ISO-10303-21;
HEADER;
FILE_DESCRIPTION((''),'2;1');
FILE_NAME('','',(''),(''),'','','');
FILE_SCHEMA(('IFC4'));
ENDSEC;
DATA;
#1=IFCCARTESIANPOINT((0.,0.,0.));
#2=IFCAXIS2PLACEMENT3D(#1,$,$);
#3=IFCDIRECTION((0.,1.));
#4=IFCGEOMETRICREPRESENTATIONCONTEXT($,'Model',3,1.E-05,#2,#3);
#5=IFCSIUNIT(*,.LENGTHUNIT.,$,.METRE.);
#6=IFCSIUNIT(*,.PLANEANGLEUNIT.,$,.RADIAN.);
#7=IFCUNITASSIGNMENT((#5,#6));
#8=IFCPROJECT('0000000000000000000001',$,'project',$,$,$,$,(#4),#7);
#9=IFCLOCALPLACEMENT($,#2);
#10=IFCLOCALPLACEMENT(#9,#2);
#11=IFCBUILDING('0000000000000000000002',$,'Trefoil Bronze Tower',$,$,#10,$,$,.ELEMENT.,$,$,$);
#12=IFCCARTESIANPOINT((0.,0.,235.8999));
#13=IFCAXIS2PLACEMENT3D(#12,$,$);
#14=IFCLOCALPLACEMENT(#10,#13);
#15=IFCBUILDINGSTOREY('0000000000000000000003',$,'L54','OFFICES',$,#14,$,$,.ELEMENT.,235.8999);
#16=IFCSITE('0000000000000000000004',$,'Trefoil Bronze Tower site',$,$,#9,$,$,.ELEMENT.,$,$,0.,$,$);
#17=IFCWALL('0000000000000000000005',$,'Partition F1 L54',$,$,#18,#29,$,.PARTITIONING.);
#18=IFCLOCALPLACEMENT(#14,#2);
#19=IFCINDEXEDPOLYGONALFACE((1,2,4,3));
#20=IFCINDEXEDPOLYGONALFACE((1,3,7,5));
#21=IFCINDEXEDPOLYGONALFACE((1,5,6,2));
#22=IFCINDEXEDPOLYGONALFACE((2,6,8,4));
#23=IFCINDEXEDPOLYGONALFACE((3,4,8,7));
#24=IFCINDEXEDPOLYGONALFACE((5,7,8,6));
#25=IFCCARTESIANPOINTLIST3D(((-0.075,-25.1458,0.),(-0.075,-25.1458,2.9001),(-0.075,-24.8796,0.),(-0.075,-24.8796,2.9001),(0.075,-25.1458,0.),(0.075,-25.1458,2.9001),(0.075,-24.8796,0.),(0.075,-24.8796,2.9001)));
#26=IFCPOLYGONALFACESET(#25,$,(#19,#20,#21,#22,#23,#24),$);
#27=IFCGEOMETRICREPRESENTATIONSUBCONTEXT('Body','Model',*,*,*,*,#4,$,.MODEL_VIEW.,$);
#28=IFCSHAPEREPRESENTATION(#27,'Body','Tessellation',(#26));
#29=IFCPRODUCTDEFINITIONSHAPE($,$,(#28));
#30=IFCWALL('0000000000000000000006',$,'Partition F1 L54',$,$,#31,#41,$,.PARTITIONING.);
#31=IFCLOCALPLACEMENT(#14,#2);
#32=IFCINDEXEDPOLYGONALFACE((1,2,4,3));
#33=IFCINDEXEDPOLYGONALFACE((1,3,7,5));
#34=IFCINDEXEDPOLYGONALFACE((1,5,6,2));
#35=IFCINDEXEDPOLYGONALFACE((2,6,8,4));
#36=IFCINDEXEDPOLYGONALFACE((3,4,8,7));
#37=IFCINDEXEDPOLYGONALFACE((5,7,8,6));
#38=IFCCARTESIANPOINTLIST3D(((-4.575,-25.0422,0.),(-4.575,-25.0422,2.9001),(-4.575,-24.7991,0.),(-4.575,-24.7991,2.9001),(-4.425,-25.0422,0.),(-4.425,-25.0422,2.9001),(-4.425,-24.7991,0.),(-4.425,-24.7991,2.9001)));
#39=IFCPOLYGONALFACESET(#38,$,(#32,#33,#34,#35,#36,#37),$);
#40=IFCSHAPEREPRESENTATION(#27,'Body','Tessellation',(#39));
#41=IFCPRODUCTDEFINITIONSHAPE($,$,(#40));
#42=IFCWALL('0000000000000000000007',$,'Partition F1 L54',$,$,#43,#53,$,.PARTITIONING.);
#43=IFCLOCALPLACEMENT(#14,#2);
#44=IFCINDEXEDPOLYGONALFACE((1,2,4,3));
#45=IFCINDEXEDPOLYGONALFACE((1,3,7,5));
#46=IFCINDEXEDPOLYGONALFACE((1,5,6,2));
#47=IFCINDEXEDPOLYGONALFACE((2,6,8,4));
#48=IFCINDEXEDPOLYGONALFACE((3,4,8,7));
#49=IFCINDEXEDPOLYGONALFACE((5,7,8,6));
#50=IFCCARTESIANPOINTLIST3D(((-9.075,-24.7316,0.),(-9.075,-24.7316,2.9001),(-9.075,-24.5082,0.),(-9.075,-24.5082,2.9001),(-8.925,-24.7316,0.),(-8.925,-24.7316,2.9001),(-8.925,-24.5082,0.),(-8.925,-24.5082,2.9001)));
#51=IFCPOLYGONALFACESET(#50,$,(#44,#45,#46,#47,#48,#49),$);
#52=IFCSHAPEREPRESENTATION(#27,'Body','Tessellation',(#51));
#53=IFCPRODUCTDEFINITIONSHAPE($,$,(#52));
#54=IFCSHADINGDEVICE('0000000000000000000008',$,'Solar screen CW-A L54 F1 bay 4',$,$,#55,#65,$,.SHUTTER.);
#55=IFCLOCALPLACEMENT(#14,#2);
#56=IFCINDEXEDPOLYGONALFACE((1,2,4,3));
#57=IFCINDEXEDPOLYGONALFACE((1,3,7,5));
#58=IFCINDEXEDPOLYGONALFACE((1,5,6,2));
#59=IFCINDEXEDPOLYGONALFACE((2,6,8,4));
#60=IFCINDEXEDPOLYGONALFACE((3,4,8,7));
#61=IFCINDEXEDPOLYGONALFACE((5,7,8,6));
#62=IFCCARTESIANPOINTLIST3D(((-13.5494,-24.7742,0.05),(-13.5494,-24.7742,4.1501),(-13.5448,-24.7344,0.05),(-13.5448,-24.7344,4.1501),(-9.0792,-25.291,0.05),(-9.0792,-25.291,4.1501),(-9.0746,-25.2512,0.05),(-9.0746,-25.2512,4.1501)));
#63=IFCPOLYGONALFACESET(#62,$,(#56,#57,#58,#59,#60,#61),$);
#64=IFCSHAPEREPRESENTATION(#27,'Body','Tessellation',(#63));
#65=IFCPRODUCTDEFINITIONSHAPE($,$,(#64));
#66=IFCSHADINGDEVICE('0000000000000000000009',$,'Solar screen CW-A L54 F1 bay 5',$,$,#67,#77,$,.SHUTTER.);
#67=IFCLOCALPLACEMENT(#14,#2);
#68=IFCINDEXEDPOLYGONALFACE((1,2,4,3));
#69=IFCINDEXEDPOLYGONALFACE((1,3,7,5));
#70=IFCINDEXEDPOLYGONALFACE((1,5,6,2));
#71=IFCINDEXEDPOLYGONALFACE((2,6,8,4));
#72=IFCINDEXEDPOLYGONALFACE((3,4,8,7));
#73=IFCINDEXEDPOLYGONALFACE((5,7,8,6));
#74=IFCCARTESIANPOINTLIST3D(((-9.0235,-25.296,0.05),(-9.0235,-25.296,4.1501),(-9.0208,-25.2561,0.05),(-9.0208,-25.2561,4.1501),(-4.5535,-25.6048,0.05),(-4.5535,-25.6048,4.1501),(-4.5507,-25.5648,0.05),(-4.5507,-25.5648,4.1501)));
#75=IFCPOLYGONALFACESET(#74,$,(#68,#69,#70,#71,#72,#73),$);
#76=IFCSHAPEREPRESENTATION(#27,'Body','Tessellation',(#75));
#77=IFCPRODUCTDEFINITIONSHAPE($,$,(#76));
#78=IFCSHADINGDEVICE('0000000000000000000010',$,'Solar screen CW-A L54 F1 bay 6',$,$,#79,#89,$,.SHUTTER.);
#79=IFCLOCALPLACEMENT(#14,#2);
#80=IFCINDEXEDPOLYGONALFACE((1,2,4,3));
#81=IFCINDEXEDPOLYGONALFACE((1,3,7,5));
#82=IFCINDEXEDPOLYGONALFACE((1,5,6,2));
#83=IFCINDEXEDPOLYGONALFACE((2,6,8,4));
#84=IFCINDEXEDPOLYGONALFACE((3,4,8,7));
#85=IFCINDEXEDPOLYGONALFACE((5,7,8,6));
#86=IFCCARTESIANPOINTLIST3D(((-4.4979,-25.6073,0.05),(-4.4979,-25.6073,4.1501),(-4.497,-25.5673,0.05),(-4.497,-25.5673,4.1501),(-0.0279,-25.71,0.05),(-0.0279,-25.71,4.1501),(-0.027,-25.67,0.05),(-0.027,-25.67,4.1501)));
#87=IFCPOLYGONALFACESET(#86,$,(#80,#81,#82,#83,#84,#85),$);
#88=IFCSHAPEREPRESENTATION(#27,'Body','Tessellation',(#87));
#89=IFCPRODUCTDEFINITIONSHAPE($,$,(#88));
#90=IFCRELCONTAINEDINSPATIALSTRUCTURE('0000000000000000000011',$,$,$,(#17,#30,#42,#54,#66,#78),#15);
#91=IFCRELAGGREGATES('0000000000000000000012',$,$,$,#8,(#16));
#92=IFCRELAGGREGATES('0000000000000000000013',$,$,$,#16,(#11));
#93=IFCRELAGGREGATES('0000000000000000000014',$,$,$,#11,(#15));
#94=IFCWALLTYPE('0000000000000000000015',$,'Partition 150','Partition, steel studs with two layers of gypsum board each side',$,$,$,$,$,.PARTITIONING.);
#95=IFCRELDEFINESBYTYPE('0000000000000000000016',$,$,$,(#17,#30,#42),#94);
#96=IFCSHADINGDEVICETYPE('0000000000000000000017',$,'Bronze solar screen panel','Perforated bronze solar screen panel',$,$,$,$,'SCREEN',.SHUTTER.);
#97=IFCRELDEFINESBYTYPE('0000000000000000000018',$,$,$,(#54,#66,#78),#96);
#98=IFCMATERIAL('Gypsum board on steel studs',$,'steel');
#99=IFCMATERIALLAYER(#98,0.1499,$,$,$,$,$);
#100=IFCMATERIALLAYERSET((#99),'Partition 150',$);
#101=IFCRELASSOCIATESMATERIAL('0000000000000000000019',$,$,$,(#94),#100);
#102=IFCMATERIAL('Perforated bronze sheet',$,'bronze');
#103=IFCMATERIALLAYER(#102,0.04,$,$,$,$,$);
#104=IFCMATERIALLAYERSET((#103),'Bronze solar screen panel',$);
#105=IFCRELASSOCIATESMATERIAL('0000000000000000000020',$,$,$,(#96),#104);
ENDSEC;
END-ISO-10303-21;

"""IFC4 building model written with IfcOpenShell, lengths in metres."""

from ifc_helpers import new_model, si_unit, direction, frame, frame_2d, origin, origin_2d, place, context, subcontext, project, spatial, rectangle, extrude, material, layer, layer_set, type_object, element, save


model = new_model("IFC4")

# Units and contexts
model_context = context("Model", 3, precision=1e-05, world=origin(), true_north=direction((0.0, 1.0)))
body_context = subcontext(model_context, "Body", "Model", "MODEL_VIEW")
ifc_project = project(units=[si_unit("LENGTHUNIT", "METRE"), si_unit("PLANEANGLEUNIT", "RADIAN")], contexts=[model_context])

# Site, building, storey
site_placement = place(None, origin())
site = spatial("IfcSite", under=ifc_project, at=site_placement, Name="Trefoil Bronze Tower site", CompositionType="ELEMENT", RefElevation=0.0)
building_placement = place(site_placement, origin())
building = spatial("IfcBuilding", under=site, at=building_placement, Name="Trefoil Bronze Tower", CompositionType="ELEMENT")
storey_placement = place(building_placement, frame((0.0, 0.0, 235.8999)))
storey = spatial("IfcBuildingStorey", under=building, at=storey_placement, Name="L54", Description="OFFICES", CompositionType="ELEMENT", Elevation=235.8999)

# Walls
ifc_material_1 = material(Name="Gypsum board on steel studs", Category="steel")
ifc_layer_1 = layer(ifc_material_1, 0.1499)
ifc_layer_set_1 = layer_set([ifc_layer_1], Name="Partition 150")
wall_type_1 = type_object("IfcWallType", Name="Partition 150", Description="Partition, steel studs with two layers of gypsum board each side", PredefinedType="PARTITIONING", material=ifc_layer_set_1)
wall_1_placement = place(storey_placement, frame((0.0, -24.8796, 0.0), z_axis=(0.0, 0.0, 1.0), x_axis=(0.0, -1.0, 0.0)))
element("IfcWall", 1, at=wall_1_placement, inside=storey, type_object=wall_type_1, Name="Partition F1 L54", PredefinedType="PARTITIONING", context=body_context, shape_type="SweptSolid", body=[
    extrude(rectangle(XDim=0.2661, YDim=0.1499, at=frame_2d((0.1331, 0.0))), origin(), (0.0, 0.0, 1.0), 2.9001),
])
wall_2_placement = place(storey_placement, frame((-4.5, -24.7991, 0.0), z_axis=(0.0, 0.0, 1.0), x_axis=(0.0, -1.0, 0.0)))
element("IfcWall", 2, at=wall_2_placement, inside=storey, type_object=wall_type_1, Name="Partition F1 L54", PredefinedType="PARTITIONING", context=body_context, shape_type="SweptSolid", body=[
    extrude(rectangle(XDim=0.2432, YDim=0.1499, at=frame_2d((0.1216, 0.0))), origin(), (0.0, 0.0, 1.0), 2.9001),
])
wall_3_placement = place(storey_placement, frame((-9.0, -24.5081, 0.0), z_axis=(0.0, 0.0, 1.0), x_axis=(0.0, -1.0, 0.0)))
element("IfcWall", 3, at=wall_3_placement, inside=storey, type_object=wall_type_1, Name="Partition F1 L54", PredefinedType="PARTITIONING", context=body_context, shape_type="SweptSolid", body=[
    extrude(rectangle(XDim=0.2234, YDim=0.1499, at=frame_2d((0.1118, 0.0))), origin(), (0.0, 0.0, 1.0), 2.9001),
])

# Shading devices
ifc_material_2 = material(Name="Perforated bronze sheet", Category="bronze")
ifc_layer_2 = layer(ifc_material_2, 0.04)
ifc_layer_set_2 = layer_set([ifc_layer_2], Name="Bronze solar screen panel")
shading_device_type = type_object("IfcShadingDeviceType", Name="Bronze solar screen panel", Description="Perforated bronze solar screen panel", ElementType="SCREEN", PredefinedType="SHUTTER", material=ifc_layer_set_2)
shading_device_1_placement = place(storey_placement, frame((-11.312, -25.0127, 0.05), z_axis=(0.0, 0.0, 1.0), x_axis=(0.993382, -0.114859, 0.0)))
element("IfcShadingDevice", 4, at=shading_device_1_placement, inside=storey, type_object=shading_device_type, Name="Solar screen CW-A L54 F1 bay 4", PredefinedType="SHUTTER", context=body_context, shape_type="SweptSolid", body=[
    extrude(rectangle(XDim=4.5, YDim=0.04, at=origin_2d()), origin(), (0.0, 0.0, 1.0), 4.1001),
])
shading_device_2_placement = place(storey_placement, frame((-6.7871, -25.4304, 0.05), z_axis=(0.0, 0.0, 1.0), x_axis=(0.997623, -0.068915, 0.0)))
element("IfcShadingDevice", 5, at=shading_device_2_placement, inside=storey, type_object=shading_device_type, Name="Solar screen CW-A L54 F1 bay 5", PredefinedType="SHUTTER", context=body_context, shape_type="SweptSolid", body=[
    extrude(rectangle(XDim=4.4807, YDim=0.04, at=origin_2d()), origin(), (0.0, 0.0, 1.0), 4.1001),
])
shading_device_3_placement = place(storey_placement, frame((-2.2625, -25.6387, 0.05), z_axis=(0.0, 0.0, 1.0), x_axis=(0.999736, -0.022972, 0.0)))
element("IfcShadingDevice", 6, at=shading_device_3_placement, inside=storey, type_object=shading_device_type, Name="Solar screen CW-A L54 F1 bay 6", PredefinedType="SHUTTER", context=body_context, shape_type="SweptSolid", body=[
    extrude(rectangle(XDim=4.4712, YDim=0.04, at=origin_2d()), origin(), (0.0, 0.0, 1.0), 4.1001),
])

save(model, "model.ifc")
